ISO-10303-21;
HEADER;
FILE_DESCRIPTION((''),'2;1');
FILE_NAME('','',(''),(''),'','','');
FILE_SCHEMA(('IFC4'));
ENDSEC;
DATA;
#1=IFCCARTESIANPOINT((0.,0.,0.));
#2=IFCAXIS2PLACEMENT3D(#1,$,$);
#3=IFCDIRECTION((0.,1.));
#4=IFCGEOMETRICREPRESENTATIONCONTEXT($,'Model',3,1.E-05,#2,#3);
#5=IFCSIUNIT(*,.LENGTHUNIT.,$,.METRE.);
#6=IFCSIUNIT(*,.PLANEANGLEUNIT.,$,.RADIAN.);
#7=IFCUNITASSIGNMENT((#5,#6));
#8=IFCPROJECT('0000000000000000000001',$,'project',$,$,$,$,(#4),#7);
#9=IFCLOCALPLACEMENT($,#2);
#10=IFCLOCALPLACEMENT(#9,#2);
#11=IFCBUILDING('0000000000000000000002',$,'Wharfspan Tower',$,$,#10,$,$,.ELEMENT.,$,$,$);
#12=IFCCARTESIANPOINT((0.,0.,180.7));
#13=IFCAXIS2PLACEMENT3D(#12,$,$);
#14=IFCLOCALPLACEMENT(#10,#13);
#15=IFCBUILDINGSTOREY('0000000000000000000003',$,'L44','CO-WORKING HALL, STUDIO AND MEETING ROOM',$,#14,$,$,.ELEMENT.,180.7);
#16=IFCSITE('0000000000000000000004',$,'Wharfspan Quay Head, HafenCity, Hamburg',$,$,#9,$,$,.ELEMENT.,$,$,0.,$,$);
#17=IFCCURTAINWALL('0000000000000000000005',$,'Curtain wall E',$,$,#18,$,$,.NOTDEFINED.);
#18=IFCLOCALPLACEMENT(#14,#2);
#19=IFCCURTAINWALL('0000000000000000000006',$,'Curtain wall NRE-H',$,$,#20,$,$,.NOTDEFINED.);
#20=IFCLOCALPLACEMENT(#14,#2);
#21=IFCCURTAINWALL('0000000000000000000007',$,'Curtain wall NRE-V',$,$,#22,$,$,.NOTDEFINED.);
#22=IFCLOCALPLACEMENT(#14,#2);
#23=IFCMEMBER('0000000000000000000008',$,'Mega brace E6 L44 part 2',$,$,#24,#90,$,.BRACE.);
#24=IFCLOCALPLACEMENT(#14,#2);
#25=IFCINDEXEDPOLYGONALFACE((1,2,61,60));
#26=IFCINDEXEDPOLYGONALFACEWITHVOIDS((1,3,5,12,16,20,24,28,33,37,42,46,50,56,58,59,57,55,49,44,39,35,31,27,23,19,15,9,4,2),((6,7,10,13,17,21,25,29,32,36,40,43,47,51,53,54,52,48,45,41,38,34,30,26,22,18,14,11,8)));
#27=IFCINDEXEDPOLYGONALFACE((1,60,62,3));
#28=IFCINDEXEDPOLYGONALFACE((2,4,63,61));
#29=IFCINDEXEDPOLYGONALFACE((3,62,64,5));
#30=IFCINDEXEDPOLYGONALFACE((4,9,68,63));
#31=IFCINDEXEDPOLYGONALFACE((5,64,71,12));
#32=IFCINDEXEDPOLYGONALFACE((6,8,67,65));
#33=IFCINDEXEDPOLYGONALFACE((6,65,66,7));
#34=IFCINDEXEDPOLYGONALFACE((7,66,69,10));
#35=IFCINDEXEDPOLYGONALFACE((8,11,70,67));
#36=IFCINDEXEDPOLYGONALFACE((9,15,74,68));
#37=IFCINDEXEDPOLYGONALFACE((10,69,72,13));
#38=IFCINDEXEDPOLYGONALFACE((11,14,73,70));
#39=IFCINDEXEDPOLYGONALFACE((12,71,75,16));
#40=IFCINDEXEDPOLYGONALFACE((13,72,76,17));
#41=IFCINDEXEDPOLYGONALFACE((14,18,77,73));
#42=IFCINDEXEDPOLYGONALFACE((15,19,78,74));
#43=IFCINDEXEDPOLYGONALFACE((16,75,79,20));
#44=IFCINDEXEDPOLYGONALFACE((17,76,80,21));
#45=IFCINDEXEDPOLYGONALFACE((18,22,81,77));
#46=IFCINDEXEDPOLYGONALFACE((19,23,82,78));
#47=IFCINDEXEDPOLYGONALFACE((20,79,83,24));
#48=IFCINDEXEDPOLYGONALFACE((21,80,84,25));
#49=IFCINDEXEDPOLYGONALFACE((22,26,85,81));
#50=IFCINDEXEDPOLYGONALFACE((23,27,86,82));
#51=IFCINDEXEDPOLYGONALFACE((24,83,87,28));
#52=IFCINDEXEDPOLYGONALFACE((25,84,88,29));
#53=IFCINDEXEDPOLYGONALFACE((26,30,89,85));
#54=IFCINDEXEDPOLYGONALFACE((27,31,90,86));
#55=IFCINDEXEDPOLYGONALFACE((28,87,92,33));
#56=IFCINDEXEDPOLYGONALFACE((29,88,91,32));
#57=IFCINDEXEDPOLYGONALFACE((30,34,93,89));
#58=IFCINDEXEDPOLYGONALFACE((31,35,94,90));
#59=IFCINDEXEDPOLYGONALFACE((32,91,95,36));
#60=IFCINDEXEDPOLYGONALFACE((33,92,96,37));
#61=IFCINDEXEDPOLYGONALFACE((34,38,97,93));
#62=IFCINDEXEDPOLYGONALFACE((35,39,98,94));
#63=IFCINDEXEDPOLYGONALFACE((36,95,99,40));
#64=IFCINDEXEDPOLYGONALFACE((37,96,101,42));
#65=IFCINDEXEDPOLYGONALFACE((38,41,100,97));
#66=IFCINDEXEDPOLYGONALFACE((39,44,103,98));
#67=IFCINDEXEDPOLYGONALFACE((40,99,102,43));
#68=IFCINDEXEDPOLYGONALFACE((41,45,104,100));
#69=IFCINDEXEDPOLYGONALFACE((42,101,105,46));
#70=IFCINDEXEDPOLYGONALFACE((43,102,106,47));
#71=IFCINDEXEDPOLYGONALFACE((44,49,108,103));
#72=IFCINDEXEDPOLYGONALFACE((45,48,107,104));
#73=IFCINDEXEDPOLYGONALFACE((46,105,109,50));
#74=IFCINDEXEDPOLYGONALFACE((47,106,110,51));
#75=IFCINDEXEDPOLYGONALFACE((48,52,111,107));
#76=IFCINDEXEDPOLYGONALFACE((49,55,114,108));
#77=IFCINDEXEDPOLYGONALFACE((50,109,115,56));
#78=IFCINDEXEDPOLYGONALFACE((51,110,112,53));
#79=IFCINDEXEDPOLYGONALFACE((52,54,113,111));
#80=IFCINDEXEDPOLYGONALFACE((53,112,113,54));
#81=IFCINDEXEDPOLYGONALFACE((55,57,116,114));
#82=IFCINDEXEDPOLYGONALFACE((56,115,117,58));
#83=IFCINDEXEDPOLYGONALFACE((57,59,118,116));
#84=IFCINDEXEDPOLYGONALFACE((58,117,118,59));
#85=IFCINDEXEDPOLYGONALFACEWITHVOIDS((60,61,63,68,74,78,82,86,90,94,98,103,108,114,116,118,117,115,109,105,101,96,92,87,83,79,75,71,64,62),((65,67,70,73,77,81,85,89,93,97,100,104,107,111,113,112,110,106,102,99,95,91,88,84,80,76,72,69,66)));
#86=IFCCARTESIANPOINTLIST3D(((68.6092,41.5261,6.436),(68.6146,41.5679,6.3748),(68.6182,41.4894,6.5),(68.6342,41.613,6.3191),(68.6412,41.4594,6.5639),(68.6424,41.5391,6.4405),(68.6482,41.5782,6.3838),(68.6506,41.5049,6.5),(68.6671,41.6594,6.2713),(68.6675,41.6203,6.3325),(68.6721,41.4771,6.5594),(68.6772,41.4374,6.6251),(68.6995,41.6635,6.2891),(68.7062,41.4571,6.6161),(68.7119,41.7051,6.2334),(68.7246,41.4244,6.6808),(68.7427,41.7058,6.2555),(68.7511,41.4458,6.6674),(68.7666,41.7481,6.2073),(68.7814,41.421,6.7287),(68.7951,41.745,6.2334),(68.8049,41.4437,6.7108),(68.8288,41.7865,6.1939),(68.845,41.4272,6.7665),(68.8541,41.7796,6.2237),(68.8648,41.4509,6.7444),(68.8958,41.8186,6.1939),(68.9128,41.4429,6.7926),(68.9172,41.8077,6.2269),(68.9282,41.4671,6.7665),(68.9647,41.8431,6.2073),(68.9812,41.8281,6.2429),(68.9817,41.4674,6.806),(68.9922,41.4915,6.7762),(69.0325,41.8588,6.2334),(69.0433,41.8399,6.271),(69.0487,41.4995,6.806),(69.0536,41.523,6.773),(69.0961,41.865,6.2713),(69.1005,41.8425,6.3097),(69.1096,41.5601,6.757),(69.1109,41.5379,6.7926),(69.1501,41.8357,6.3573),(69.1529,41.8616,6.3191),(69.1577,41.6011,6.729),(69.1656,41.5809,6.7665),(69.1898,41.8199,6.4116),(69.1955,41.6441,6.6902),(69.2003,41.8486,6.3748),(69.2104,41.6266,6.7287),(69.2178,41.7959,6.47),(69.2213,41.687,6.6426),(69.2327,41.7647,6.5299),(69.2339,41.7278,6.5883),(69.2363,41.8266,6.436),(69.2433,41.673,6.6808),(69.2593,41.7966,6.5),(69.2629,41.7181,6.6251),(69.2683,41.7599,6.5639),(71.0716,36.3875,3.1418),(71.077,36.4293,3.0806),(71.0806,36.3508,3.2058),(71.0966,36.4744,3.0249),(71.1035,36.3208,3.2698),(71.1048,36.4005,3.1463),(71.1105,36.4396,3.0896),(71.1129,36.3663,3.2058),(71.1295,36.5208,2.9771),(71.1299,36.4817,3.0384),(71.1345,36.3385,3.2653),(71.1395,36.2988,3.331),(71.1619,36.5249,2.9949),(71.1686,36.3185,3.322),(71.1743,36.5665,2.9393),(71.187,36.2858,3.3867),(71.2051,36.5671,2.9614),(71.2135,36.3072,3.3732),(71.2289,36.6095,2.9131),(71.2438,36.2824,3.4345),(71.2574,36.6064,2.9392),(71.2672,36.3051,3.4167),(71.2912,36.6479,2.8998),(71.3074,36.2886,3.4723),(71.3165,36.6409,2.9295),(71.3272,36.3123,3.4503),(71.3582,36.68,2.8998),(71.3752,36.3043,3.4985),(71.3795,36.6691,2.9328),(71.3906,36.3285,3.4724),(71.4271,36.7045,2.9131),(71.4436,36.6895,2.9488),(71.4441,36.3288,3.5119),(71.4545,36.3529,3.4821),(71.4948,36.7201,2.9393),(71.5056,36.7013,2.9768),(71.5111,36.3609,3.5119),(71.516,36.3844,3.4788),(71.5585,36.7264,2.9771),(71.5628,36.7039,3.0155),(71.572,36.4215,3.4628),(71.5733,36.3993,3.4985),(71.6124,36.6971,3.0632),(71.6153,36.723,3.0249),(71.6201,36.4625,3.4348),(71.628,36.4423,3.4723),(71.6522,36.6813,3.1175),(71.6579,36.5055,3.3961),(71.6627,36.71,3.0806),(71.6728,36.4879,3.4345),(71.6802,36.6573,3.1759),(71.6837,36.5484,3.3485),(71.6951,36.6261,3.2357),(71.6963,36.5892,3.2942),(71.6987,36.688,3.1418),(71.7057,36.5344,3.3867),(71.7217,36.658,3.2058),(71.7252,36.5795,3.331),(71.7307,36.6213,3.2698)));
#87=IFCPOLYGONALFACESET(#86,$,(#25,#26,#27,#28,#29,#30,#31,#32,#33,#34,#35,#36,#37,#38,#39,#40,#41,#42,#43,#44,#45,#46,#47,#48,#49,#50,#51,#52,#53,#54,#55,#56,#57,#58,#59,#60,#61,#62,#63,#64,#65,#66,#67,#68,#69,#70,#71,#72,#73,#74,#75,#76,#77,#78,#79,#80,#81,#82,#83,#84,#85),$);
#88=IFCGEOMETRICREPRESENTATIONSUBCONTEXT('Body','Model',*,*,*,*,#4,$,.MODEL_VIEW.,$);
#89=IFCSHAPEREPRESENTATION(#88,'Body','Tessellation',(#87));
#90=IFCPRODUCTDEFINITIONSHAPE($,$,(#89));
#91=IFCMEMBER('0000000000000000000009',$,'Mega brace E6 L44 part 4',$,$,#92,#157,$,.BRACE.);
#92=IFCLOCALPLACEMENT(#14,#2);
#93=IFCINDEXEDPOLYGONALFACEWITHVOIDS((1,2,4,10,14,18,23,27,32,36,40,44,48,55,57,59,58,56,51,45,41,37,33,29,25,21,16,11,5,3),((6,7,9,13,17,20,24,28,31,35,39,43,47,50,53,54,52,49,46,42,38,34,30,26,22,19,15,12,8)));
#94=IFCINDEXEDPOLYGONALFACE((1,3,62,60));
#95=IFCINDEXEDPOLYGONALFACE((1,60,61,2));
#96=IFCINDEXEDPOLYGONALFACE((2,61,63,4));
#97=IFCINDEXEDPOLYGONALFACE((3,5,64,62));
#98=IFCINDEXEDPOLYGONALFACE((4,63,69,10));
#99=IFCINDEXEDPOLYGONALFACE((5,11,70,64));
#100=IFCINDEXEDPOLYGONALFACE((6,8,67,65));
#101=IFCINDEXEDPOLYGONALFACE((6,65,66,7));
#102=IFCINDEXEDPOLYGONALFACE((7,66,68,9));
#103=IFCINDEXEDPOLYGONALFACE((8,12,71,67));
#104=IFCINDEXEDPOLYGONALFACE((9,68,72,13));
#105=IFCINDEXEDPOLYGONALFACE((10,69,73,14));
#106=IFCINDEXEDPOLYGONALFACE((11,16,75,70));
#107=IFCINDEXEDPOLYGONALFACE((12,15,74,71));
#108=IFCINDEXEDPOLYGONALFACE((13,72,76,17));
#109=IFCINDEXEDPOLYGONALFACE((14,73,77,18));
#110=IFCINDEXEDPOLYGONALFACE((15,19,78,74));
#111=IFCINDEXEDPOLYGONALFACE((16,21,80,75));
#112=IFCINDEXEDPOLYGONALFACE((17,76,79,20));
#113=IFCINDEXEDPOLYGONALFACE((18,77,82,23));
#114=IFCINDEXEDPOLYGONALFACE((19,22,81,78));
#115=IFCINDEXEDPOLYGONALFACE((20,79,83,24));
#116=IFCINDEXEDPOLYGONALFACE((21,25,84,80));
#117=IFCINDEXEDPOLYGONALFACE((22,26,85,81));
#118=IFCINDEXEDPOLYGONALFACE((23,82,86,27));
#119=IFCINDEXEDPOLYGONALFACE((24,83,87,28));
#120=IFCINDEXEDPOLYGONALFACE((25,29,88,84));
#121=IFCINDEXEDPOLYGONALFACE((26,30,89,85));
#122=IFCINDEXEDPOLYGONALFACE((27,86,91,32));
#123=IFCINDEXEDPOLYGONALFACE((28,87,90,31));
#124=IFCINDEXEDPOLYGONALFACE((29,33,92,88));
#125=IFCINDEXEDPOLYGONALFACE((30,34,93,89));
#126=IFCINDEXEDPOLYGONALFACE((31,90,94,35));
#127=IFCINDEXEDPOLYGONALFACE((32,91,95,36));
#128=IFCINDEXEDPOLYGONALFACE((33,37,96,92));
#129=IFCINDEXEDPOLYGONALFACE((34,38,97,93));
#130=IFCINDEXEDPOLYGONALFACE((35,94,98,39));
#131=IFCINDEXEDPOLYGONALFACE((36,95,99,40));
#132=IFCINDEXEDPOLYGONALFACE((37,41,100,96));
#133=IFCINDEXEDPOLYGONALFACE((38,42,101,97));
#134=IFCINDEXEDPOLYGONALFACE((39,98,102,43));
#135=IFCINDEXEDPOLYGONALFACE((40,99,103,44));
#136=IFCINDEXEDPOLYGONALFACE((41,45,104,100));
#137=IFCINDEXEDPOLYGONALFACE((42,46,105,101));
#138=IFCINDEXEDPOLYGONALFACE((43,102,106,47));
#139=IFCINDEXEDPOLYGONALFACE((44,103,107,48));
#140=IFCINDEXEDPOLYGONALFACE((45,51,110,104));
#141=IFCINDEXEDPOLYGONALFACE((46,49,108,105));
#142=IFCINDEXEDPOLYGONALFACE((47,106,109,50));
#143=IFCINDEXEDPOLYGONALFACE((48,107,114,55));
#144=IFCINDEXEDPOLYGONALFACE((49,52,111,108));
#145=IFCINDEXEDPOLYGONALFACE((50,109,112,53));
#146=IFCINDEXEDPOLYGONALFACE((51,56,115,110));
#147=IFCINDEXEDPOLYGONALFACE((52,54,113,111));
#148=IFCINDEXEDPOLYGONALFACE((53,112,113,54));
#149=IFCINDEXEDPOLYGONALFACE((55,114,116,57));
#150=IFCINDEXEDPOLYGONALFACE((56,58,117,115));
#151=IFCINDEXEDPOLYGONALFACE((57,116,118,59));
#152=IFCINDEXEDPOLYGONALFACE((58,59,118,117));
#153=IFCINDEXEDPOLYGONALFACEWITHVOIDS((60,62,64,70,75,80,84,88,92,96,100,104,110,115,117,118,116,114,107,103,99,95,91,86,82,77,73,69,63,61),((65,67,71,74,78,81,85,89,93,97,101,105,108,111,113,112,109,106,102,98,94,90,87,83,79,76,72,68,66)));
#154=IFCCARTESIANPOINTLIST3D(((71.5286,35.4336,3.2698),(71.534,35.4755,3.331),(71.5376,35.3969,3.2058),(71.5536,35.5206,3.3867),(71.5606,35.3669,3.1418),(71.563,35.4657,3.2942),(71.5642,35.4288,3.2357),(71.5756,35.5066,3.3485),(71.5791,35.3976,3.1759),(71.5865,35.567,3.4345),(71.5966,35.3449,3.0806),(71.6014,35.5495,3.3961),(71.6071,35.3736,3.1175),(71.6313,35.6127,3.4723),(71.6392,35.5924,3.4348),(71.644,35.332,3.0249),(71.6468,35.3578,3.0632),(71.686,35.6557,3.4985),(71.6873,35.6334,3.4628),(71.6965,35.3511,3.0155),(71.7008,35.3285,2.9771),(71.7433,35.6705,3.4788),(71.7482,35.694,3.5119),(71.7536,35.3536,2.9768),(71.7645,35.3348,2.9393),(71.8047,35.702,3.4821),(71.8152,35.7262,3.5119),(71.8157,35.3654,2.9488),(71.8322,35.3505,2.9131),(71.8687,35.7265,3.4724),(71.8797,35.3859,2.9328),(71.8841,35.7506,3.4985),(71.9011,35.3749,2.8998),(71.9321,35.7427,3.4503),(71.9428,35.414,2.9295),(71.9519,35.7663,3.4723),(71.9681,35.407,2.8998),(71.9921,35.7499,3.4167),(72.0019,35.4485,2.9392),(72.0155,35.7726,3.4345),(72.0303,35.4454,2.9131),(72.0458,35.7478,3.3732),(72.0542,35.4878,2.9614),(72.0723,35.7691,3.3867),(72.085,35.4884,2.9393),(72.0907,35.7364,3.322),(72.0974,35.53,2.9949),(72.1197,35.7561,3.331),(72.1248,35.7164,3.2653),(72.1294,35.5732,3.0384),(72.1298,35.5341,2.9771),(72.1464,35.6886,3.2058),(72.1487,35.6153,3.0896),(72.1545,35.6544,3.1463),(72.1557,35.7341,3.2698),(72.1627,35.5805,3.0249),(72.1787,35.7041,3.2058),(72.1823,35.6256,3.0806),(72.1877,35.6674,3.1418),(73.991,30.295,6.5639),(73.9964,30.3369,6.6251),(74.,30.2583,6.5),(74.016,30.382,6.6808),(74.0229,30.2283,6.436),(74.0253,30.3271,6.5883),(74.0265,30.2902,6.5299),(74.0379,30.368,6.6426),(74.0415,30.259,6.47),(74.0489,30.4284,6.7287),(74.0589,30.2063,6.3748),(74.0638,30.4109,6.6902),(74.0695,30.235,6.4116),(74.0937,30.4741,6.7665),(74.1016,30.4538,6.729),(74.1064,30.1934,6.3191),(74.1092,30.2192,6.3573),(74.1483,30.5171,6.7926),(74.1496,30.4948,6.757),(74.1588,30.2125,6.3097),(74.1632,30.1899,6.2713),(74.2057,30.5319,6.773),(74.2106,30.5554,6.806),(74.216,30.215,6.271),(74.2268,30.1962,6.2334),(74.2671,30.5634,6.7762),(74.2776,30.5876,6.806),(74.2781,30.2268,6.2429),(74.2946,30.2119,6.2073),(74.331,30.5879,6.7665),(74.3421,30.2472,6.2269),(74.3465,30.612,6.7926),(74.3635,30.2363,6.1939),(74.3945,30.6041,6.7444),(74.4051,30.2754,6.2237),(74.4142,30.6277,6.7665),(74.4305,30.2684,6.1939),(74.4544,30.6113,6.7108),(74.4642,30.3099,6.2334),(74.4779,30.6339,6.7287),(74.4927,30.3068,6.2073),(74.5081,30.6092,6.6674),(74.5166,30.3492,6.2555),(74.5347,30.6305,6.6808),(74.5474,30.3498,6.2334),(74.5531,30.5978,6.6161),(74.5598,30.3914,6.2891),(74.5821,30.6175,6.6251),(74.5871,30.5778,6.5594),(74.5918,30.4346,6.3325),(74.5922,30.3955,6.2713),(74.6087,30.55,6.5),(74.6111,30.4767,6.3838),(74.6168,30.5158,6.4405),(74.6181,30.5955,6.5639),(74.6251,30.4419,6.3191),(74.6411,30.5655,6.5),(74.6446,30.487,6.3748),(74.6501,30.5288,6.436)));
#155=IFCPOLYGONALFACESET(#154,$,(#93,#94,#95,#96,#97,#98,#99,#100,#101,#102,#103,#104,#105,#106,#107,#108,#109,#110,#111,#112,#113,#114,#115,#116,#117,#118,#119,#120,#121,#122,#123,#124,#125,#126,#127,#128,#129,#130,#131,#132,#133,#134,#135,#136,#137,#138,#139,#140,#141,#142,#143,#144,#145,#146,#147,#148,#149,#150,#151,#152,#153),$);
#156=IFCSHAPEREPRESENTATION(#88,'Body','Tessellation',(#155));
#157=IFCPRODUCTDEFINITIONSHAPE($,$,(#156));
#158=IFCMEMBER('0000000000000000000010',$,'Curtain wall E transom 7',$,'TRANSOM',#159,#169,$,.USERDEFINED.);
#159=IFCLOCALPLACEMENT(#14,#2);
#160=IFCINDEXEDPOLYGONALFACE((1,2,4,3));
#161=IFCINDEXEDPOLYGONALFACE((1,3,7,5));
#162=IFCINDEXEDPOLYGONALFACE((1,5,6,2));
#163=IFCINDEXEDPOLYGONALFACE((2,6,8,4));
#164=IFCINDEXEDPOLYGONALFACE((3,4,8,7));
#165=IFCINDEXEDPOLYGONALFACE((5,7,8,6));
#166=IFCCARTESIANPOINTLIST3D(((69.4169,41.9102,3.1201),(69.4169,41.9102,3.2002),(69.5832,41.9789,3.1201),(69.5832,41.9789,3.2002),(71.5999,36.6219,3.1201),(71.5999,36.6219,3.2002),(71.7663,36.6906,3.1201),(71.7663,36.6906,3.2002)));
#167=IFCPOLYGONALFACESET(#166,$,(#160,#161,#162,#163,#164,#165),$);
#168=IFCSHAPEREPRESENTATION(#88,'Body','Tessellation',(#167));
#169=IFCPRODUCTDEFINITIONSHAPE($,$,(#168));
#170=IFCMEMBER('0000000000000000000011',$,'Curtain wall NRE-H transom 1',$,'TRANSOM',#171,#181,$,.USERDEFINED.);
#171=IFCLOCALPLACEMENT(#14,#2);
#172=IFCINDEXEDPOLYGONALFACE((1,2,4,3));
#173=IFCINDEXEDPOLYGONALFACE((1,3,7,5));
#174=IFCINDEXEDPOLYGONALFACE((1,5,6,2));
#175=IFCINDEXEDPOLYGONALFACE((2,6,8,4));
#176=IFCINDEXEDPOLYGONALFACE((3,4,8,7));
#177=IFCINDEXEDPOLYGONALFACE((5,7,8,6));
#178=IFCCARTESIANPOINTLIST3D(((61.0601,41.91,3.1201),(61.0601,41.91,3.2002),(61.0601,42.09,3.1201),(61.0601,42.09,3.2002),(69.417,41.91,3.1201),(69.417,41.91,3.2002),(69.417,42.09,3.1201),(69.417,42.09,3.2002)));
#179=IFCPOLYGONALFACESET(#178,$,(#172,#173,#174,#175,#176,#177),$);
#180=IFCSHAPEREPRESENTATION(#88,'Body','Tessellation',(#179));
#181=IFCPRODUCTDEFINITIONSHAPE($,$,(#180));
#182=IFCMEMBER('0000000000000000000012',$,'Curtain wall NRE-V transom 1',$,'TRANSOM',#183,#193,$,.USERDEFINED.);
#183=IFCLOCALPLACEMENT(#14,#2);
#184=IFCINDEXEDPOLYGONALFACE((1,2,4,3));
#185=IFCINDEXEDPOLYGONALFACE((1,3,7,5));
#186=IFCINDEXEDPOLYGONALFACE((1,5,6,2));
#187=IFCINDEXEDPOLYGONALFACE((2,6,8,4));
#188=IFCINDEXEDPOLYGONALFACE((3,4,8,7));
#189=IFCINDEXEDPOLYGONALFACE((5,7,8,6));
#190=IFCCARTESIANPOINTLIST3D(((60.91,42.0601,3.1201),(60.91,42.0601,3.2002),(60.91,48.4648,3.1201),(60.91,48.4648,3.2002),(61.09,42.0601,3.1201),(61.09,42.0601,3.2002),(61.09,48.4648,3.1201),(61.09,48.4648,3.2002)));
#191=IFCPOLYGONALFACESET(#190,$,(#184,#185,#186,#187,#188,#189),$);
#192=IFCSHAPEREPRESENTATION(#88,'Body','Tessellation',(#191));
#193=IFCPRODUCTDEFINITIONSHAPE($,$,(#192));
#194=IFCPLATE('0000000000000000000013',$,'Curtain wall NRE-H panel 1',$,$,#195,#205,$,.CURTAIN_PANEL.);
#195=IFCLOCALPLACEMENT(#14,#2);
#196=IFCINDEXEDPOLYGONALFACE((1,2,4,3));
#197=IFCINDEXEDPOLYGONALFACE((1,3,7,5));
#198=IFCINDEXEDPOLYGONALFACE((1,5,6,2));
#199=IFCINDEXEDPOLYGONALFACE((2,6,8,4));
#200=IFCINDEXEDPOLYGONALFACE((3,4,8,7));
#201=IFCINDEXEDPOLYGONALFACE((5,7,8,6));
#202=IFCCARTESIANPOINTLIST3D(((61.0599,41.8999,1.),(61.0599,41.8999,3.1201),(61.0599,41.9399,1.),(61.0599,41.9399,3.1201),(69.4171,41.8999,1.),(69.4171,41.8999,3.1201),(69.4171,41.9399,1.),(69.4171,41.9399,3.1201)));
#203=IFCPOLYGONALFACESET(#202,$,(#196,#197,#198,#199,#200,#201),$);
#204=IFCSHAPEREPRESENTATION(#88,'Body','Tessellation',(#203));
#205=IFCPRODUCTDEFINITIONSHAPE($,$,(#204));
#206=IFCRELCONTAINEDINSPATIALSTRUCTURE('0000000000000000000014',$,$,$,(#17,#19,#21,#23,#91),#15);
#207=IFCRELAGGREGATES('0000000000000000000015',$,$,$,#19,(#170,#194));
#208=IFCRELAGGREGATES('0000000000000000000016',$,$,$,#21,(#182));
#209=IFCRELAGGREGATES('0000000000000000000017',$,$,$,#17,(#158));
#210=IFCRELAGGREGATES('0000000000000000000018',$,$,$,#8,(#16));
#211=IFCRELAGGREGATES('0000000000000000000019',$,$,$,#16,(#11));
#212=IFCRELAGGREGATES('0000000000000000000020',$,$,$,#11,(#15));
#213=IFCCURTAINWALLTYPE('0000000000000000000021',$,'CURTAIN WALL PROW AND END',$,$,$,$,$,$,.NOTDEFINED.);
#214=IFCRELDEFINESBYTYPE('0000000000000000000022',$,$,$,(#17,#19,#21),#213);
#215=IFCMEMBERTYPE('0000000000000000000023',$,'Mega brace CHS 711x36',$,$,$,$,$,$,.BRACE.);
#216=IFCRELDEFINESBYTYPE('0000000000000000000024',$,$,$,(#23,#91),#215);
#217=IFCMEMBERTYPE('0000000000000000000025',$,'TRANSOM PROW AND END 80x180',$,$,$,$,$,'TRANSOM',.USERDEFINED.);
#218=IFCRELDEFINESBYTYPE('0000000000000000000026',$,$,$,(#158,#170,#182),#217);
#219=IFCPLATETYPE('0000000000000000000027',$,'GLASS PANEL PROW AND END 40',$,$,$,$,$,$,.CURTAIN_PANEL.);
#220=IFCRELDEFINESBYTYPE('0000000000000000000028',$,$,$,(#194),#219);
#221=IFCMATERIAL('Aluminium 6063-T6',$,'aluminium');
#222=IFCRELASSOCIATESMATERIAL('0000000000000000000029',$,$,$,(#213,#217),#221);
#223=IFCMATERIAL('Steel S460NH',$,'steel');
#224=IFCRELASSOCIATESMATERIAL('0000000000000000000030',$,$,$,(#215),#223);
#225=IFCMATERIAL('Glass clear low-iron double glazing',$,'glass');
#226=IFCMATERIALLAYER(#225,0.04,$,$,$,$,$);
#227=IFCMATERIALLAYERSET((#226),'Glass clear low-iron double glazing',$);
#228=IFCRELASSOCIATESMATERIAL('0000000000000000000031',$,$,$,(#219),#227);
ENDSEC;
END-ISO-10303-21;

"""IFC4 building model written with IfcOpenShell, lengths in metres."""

from ifc_helpers import new_model, si_unit, direction, frame, origin, origin_2d, place, context, subcontext, project, spatial, rectangle, hollow_circle, extrude, material, layer, layer_set, material_profile, profile_set, type_object, element, aggregate, save


model = new_model("IFC4")

# Units and contexts
model_context = context("Model", 3, precision=1e-05, world=origin(), true_north=direction((0.0, 1.0)))
body_context = subcontext(model_context, "Body", "Model", "MODEL_VIEW")
ifc_project = project(units=[si_unit("LENGTHUNIT", "METRE"), si_unit("PLANEANGLEUNIT", "RADIAN")], contexts=[model_context])

# Site, building, storey
site_placement = place(None, origin())
site = spatial("IfcSite", under=ifc_project, at=site_placement, Name="Wharfspan Quay Head, HafenCity, Hamburg", CompositionType="ELEMENT", RefElevation=0.0)
building_placement = place(site_placement, origin())
building = spatial("IfcBuilding", under=site, at=building_placement, Name="Wharfspan Tower", CompositionType="ELEMENT")
storey_placement = place(building_placement, frame((0.0, 0.0, 180.7)))
storey = spatial("IfcBuildingStorey", under=building, at=storey_placement, Name="L44", Description="CO-WORKING HALL, STUDIO AND MEETING ROOM", CompositionType="ELEMENT", Elevation=180.7)

# Curtain walls
ifc_material_1 = material(Name="Aluminium 6063-T6", Category="aluminium")
curtain_wall_type = type_object("IfcCurtainWallType", Name="CURTAIN WALL PROW AND END", PredefinedType="NOTDEFINED", material=ifc_material_1)
curtain_wall_1_placement = place(storey_placement, origin())
curtain_wall_1 = element("IfcCurtainWall", 1, at=curtain_wall_1_placement, inside=storey, type_object=curtain_wall_type, Name="Curtain wall E", PredefinedType="NOTDEFINED")
curtain_wall_2_placement = place(storey_placement, origin())
curtain_wall_2 = element("IfcCurtainWall", 2, at=curtain_wall_2_placement, inside=storey, type_object=curtain_wall_type, Name="Curtain wall NRE-H", PredefinedType="NOTDEFINED")
curtain_wall_3_placement = place(storey_placement, origin())
curtain_wall_3 = element("IfcCurtainWall", 3, at=curtain_wall_3_placement, inside=storey, type_object=curtain_wall_type, Name="Curtain wall NRE-V", PredefinedType="NOTDEFINED")

# Members
ifc_material_2 = material(Name="Steel S460NH", Category="steel")
ifc_material_profile_1 = material_profile(ifc_material_2, hollow_circle(Radius=0.3555, WallThickness=0.0359, at=origin_2d()))
ifc_profile_set_1 = profile_set([ifc_material_profile_1], Name="Steel S460NH")
member_type_1 = type_object("IfcMemberType", Name="Mega brace CHS 711x36", PredefinedType="BRACE", material=ifc_profile_set_1)
for number, where, z_axis, x_axis, name in (
    (4, (71.4011, 36.5044, 3.2058), (-0.374119, 0.780731, 0.500494), (-0.90181, -0.432137, -0.000003), "Mega brace E6 L44 part 2"),
    (5, (71.8582, 35.5505, 3.2058), (0.374119, -0.780731, 0.500494), (0.90181, 0.432137, -0.000003), "Mega brace E6 L44 part 4"),
):
    element("IfcMember", number, at=place(storey_placement, frame(where, z_axis=z_axis, x_axis=x_axis)), inside=storey, type_object=member_type_1, Name=name, PredefinedType="BRACE", context=body_context, shape_type="SweptSolid", body=[
        extrude(hollow_circle(Radius=0.3555, WallThickness=0.0359, at=origin_2d()), origin(), (0.0, 0.0, 1.0), 6.5818),
    ])

# Members
ifc_material_profile_2 = material_profile(ifc_material_1, rectangle(XDim=0.1799, YDim=0.0801, at=origin_2d()))
ifc_profile_set_2 = profile_set([ifc_material_profile_2], Name="Aluminium 6063-T6")
member_type_2 = type_object("IfcMemberType", Name="TRANSOM PROW AND END 80x180", ElementType="TRANSOM", PredefinedType="USERDEFINED", material=ifc_profile_set_2)
member_1_placement = place(storey_placement, frame((71.6831, 36.6562, 3.1602), z_axis=(-0.38158, 0.924336, 0.0), x_axis=(-0.924336, -0.38158, 0.0)))
member_1 = element("IfcMember", 6, at=member_1_placement, type_object=member_type_2, Name="Curtain wall E transom 7", ObjectType="TRANSOM", PredefinedType="USERDEFINED", context=body_context, shape_type="SweptSolid", body=[
    extrude(rectangle(XDim=0.1799, YDim=0.0801, at=origin_2d()), origin(), (0.0, 0.0, 1.0), 5.7212),
])
member_2_placement = place(storey_placement, frame((69.417, 42.0, 3.1602), z_axis=(-1.0, 0.0, 0.0), x_axis=(0.0, -1.0, 0.0)))
member_2 = element("IfcMember", 7, at=member_2_placement, type_object=member_type_2, Name="Curtain wall NRE-H transom 1", ObjectType="TRANSOM", PredefinedType="USERDEFINED", context=body_context, shape_type="SweptSolid", body=[
    extrude(rectangle(XDim=0.1799, YDim=0.0801, at=origin_2d()), origin(), (0.0, 0.0, 1.0), 8.3569),
])
member_3_placement = place(storey_placement, frame((61.0, 42.0601, 3.1602), z_axis=(0.0, 1.0, 0.0), x_axis=(-1.0, 0.0, 0.0)))
member_3 = element("IfcMember", 8, at=member_3_placement, type_object=member_type_2, Name="Curtain wall NRE-V transom 1", ObjectType="TRANSOM", PredefinedType="USERDEFINED", context=body_context, shape_type="SweptSolid", body=[
    extrude(rectangle(XDim=0.1799, YDim=0.0801, at=origin_2d()), origin(), (0.0, 0.0, 1.0), 6.4048),
])

# Plate
ifc_material_3 = material(Name="Glass clear low-iron double glazing", Category="glass")
ifc_layer_1 = layer(ifc_material_3, 0.04)
ifc_layer_set_1 = layer_set([ifc_layer_1], Name="Glass clear low-iron double glazing")
plate_type_1 = type_object("IfcPlateType", Name="GLASS PANEL PROW AND END 40", PredefinedType="CURTAIN_PANEL", material=ifc_layer_set_1)
plate_1_placement = place(storey_placement, frame((65.2385, 41.9199, 1.0), z_axis=(0.0, 0.0, 1.0), x_axis=(-1.0, 0.0, 0.0)))
plate_1 = element("IfcPlate", 9, at=plate_1_placement, type_object=plate_type_1, Name="Curtain wall NRE-H panel 1", PredefinedType="CURTAIN_PANEL", context=body_context, shape_type="SweptSolid", body=[
    extrude(rectangle(XDim=8.3572, YDim=0.04, at=origin_2d()), origin(), (0.0, 0.0, 1.0), 2.1201),
])
aggregate(curtain_wall_2, [member_2, plate_1])
aggregate(curtain_wall_3, [member_3])
aggregate(curtain_wall_1, [member_1])

save(model, "model.ifc")
